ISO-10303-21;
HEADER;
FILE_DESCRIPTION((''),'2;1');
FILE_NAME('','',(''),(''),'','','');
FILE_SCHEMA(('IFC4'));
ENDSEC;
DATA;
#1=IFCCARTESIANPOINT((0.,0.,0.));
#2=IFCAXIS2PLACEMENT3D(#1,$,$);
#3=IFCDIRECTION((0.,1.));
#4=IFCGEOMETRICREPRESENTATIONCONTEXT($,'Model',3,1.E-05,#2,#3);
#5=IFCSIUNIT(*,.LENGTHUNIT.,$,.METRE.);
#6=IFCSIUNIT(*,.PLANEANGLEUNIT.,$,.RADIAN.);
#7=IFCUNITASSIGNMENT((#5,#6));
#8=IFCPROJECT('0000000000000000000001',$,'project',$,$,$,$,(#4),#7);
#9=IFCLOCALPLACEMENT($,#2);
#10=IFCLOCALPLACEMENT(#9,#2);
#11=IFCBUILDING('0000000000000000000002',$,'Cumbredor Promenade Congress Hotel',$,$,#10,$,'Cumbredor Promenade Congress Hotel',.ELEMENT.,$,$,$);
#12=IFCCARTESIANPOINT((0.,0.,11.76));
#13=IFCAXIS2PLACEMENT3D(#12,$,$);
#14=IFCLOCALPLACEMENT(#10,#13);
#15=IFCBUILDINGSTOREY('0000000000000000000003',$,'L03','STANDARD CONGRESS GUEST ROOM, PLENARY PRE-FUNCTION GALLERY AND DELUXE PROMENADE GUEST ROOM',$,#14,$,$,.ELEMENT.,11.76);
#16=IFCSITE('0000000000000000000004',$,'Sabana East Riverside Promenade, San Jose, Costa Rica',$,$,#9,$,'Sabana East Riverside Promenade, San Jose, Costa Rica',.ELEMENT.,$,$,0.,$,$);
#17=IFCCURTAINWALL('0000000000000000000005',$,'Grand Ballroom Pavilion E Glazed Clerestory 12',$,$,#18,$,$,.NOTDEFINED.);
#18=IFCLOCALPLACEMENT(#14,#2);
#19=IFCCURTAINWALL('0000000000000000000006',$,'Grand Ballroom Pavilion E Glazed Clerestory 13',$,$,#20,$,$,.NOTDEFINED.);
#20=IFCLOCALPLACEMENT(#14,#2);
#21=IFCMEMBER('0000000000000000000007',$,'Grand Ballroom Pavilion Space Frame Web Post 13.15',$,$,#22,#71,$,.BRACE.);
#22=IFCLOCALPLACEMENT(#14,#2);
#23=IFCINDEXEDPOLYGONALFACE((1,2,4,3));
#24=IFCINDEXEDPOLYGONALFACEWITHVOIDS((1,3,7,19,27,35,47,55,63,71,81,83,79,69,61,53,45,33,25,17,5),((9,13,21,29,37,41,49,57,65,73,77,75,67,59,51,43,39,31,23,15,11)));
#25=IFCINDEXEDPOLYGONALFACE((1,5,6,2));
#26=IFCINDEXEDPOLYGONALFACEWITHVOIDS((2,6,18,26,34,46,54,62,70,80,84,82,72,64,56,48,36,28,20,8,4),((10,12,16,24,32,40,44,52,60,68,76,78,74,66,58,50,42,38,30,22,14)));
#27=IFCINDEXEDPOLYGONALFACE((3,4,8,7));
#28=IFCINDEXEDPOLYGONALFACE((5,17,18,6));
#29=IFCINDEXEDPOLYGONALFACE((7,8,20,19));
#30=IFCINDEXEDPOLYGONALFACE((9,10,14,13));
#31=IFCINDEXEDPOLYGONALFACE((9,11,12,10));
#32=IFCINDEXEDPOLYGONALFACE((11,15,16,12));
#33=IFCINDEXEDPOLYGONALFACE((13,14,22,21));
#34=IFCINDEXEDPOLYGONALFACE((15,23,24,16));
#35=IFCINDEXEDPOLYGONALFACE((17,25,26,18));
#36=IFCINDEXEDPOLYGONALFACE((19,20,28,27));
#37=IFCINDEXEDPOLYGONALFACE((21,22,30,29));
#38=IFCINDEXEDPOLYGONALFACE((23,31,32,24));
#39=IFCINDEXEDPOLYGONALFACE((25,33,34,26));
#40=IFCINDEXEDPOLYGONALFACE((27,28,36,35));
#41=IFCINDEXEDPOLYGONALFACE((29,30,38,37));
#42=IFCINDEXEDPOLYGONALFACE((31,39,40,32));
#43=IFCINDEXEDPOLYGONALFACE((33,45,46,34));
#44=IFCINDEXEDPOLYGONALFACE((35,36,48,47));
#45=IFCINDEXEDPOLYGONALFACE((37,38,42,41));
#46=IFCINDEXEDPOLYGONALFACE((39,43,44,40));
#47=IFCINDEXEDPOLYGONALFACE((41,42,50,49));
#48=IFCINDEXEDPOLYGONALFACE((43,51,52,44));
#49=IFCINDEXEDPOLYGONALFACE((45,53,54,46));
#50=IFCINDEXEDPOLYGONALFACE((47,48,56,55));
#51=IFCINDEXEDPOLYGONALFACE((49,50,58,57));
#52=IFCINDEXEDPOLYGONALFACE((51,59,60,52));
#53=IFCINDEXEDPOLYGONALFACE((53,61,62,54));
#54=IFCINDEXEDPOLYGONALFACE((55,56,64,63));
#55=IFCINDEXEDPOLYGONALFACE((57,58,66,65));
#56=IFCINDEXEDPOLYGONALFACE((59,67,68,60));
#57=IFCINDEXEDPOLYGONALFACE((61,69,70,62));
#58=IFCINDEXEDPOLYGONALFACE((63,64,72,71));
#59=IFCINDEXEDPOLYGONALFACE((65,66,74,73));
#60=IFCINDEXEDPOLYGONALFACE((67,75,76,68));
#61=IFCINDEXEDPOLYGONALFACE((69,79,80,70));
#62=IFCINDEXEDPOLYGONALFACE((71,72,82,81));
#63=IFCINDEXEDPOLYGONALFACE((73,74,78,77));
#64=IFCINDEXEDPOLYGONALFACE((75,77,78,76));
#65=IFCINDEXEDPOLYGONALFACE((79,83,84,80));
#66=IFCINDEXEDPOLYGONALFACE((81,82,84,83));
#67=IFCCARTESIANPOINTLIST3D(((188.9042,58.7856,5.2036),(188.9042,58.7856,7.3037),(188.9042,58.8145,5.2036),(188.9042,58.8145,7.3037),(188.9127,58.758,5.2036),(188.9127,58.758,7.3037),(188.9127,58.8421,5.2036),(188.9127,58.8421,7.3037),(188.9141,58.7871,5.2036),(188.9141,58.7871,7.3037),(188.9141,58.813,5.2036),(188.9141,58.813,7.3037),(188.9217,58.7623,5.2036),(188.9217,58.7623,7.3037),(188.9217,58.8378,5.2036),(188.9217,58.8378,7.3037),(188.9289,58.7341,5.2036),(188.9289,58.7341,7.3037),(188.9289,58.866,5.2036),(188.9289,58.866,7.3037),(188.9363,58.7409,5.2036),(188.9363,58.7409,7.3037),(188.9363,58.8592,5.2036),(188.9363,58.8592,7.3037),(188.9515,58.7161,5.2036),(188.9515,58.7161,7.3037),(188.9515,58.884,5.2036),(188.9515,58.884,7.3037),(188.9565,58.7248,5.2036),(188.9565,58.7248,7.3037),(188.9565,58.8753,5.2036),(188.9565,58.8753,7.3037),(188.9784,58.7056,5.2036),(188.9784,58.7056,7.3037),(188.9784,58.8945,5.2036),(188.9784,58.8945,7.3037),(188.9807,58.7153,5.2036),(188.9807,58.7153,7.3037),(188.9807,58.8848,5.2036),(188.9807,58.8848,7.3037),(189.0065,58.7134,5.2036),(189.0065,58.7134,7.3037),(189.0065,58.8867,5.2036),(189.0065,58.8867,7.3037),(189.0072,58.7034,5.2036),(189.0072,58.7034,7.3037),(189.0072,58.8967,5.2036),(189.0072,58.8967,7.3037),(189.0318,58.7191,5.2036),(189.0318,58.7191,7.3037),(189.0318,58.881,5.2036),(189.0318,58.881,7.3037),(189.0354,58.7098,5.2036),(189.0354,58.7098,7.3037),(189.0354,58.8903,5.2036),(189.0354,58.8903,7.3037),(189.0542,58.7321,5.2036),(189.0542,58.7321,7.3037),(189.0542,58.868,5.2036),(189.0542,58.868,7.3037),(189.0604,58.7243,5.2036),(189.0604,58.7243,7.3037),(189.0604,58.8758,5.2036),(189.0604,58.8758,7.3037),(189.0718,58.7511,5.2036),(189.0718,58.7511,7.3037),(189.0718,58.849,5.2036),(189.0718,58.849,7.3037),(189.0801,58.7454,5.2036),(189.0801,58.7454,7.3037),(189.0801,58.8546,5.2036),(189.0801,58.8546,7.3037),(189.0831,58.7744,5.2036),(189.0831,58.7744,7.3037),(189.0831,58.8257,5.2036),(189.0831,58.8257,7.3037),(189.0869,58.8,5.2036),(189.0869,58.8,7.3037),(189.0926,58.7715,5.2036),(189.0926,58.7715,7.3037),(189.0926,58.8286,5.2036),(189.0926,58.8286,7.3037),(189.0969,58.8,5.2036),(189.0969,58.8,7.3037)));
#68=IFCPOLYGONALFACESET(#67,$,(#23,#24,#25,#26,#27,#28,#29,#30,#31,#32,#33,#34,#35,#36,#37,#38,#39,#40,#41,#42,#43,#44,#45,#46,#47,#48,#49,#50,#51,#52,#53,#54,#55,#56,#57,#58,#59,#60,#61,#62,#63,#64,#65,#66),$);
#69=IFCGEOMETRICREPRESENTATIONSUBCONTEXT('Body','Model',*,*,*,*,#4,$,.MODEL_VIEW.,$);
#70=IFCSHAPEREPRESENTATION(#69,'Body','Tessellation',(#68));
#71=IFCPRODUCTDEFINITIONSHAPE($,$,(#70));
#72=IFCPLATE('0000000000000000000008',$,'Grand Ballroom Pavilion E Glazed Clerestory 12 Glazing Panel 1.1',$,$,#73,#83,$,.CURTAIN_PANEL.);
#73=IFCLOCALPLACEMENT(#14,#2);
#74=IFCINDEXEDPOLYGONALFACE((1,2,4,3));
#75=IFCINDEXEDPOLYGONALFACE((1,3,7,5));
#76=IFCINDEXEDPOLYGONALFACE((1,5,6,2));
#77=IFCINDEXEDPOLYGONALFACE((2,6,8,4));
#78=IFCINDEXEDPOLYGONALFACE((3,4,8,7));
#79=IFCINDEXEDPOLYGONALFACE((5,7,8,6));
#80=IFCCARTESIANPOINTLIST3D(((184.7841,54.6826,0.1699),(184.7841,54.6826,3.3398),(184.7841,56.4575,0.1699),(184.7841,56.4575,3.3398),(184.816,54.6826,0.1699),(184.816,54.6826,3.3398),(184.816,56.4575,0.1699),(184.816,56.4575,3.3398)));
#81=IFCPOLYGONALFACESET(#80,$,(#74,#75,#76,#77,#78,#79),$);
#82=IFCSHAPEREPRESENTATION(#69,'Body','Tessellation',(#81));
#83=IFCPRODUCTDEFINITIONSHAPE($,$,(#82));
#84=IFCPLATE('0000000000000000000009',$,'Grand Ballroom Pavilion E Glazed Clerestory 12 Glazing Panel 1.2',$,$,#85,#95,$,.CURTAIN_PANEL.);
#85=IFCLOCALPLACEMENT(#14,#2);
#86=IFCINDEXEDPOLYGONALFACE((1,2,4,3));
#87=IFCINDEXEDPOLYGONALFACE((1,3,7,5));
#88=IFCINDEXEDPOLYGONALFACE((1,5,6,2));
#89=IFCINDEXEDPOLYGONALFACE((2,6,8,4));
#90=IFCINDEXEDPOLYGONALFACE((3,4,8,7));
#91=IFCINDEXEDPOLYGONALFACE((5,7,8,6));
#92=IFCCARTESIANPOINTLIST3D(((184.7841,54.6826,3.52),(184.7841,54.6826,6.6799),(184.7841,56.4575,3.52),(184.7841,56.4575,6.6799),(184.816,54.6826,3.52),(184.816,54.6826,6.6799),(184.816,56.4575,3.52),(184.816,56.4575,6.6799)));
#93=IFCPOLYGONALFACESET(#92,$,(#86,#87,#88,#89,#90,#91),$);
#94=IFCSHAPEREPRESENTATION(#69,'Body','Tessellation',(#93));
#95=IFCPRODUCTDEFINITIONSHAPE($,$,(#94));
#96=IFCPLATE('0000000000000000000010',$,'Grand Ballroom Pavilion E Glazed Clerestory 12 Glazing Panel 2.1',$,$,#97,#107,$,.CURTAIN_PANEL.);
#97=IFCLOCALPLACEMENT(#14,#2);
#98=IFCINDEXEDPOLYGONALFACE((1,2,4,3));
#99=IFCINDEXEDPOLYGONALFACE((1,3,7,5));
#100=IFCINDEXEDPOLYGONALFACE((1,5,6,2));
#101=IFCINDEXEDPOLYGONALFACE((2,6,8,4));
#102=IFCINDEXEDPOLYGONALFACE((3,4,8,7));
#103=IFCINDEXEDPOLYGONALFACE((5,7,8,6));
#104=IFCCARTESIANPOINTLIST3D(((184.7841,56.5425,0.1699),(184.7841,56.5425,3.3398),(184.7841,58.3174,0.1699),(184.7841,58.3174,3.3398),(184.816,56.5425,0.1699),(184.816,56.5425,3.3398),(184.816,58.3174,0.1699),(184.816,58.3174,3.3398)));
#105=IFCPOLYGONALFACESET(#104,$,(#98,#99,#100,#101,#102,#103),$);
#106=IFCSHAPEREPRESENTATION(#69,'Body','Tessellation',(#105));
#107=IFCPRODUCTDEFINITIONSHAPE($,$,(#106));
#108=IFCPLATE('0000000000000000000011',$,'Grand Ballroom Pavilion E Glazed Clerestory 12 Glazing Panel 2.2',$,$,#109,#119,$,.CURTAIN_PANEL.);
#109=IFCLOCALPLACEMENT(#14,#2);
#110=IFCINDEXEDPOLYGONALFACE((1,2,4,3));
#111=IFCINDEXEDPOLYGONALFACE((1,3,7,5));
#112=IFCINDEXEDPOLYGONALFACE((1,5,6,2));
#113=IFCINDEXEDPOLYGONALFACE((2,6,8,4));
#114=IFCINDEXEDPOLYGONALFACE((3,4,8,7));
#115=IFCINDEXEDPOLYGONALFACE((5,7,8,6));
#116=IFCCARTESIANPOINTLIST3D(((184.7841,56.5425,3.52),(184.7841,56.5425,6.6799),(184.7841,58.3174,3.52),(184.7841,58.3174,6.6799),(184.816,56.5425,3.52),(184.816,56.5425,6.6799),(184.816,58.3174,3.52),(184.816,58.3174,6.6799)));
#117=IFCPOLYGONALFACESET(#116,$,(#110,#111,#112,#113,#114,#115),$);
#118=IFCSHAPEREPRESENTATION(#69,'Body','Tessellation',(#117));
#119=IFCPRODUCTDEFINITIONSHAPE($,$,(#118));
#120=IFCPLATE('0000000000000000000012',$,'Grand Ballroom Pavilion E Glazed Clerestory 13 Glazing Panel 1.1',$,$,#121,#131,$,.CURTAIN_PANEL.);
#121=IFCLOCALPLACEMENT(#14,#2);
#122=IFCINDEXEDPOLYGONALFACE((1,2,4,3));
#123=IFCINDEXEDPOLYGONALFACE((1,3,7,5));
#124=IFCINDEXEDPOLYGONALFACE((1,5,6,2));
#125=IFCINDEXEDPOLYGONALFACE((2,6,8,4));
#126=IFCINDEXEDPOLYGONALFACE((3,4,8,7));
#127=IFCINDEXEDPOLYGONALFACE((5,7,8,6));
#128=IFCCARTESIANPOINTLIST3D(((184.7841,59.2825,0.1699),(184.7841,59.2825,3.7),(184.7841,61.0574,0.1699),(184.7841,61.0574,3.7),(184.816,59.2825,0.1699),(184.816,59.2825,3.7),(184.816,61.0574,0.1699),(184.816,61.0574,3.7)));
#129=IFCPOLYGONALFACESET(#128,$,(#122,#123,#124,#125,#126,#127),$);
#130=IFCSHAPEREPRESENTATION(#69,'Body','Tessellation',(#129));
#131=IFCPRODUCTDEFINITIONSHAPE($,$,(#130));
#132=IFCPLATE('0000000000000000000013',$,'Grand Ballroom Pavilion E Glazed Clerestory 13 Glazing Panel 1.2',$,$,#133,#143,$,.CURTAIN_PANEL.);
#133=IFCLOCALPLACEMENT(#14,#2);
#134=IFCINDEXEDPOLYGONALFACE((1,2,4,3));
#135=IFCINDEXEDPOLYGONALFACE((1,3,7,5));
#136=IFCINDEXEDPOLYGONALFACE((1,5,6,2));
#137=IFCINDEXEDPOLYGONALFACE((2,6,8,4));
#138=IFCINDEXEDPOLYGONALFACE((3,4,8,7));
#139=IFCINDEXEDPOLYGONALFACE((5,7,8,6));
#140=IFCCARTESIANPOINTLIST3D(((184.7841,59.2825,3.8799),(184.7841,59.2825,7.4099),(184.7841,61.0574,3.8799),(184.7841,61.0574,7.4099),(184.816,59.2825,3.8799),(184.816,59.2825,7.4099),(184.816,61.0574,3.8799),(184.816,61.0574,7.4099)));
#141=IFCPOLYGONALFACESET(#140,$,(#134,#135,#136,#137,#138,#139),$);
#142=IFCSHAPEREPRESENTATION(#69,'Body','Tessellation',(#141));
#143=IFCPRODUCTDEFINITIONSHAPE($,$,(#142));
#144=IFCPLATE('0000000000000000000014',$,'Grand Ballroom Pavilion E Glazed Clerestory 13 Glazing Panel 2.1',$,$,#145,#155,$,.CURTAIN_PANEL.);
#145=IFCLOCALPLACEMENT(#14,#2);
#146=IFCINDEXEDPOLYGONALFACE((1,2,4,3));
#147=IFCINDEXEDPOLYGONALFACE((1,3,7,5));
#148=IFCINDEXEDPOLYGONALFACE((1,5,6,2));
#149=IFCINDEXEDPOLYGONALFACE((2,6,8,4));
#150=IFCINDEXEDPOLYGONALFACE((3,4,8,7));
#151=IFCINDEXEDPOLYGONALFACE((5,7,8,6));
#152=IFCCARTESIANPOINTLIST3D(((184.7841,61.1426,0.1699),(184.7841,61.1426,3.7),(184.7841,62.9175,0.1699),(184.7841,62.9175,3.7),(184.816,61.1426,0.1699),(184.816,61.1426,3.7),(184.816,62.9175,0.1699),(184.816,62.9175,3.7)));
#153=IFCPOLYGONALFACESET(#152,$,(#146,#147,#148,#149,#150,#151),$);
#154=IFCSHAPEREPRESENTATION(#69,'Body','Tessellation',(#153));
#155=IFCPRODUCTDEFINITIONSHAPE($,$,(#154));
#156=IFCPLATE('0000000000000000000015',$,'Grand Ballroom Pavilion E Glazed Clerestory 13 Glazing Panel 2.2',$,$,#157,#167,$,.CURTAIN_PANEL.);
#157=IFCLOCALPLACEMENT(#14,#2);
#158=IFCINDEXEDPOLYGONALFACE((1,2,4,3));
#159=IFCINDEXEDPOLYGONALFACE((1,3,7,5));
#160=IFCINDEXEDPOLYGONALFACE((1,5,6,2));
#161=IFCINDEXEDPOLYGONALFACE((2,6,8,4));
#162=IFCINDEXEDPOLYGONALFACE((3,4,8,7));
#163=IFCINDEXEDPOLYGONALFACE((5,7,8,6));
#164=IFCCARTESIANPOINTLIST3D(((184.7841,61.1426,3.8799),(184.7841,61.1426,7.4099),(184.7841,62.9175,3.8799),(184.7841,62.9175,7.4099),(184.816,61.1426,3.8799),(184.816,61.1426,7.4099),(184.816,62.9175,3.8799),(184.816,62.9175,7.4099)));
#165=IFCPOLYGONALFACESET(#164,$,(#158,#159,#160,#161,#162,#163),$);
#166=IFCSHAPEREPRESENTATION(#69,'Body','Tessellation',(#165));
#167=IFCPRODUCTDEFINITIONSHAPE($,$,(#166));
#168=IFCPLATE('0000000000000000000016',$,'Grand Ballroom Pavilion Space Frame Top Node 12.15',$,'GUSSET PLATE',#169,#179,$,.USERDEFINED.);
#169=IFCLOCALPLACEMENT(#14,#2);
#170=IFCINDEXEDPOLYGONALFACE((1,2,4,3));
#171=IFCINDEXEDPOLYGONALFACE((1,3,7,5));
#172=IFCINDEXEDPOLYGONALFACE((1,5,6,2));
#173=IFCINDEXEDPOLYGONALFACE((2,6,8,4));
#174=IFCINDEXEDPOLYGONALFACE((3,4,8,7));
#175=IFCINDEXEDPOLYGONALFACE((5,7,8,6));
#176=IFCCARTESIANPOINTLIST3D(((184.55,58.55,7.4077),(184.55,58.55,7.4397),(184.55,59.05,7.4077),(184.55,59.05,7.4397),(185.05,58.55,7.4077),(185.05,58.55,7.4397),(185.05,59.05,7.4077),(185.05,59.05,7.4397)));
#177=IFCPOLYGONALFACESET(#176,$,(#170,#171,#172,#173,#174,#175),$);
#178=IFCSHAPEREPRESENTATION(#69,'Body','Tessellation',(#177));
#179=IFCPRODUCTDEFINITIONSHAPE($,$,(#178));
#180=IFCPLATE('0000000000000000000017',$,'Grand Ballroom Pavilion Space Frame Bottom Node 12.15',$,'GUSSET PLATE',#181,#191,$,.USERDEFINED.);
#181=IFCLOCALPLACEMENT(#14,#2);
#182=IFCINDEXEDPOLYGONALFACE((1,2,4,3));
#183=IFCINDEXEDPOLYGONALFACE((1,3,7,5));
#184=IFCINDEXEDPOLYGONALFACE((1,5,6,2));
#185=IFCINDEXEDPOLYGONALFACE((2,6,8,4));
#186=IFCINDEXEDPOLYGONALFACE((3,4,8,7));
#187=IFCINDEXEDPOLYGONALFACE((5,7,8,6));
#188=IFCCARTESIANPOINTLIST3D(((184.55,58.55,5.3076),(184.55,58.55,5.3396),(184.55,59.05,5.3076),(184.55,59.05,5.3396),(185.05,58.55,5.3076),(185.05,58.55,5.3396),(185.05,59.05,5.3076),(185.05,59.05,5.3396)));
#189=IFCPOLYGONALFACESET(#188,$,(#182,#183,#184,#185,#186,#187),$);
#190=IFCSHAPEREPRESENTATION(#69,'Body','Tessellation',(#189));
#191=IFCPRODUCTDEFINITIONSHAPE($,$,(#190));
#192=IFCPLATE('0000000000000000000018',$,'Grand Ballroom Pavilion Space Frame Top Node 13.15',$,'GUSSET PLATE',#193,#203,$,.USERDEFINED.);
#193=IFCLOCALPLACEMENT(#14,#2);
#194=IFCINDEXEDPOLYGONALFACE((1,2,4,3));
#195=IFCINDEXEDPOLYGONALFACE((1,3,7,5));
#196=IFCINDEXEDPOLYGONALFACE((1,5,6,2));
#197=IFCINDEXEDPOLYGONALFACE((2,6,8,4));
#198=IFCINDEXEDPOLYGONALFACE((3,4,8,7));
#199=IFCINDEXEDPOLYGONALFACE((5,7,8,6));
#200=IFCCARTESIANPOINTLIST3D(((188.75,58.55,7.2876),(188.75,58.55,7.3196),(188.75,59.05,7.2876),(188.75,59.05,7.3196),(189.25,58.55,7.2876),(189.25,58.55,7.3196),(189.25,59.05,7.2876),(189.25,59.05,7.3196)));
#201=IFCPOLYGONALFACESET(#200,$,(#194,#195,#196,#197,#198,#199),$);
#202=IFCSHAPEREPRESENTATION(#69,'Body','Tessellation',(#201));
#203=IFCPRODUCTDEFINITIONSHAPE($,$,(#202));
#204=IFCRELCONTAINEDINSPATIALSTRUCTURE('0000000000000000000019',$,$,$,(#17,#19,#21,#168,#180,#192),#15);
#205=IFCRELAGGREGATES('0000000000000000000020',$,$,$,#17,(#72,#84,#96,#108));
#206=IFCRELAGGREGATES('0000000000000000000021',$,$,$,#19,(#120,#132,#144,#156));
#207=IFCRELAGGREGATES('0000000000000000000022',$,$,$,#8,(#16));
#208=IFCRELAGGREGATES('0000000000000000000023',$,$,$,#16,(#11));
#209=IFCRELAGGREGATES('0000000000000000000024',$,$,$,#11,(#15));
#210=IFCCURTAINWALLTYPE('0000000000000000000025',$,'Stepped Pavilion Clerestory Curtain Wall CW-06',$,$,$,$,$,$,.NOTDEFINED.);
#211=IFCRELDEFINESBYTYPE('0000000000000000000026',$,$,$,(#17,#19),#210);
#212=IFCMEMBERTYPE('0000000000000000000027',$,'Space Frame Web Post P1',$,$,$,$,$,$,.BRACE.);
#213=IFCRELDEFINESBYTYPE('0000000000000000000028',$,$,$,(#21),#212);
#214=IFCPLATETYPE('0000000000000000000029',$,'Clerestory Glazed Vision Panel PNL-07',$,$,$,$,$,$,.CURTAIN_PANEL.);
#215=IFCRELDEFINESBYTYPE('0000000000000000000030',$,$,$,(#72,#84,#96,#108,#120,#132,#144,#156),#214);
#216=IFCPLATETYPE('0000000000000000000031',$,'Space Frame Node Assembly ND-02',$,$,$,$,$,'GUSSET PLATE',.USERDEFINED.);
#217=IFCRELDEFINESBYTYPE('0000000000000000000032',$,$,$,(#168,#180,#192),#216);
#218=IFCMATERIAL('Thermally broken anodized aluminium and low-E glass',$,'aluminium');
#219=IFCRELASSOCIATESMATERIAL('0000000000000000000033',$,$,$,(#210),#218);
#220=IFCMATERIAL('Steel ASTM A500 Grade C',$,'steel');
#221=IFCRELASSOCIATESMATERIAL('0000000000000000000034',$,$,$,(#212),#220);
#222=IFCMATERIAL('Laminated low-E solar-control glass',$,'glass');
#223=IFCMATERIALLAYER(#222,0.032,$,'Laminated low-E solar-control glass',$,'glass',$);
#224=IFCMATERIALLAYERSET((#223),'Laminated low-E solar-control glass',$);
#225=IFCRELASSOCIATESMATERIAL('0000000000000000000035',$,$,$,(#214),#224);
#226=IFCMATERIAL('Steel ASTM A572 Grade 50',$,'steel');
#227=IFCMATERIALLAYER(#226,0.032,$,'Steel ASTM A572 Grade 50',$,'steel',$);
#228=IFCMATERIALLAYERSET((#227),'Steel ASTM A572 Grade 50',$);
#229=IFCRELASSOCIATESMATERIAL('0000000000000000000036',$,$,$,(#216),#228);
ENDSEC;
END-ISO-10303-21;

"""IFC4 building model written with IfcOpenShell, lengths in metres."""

from ifc_helpers import new_model, si_unit, direction, frame, origin, origin_2d, place, context, subcontext, project, spatial, rectangle, hollow_circle, extrude, material, layer, layer_set, material_profile, profile_set, type_object, element, aggregate, save


model = new_model("IFC4")

# Units and contexts
model_context = context("Model", 3, precision=1e-05, world=origin(), true_north=direction((0.0, 1.0)))
body_context = subcontext(model_context, "Body", "Model", "MODEL_VIEW")
ifc_project = project(units=[si_unit("LENGTHUNIT", "METRE"), si_unit("PLANEANGLEUNIT", "RADIAN")], contexts=[model_context])

# Site, building, storey
site_placement = place(None, origin())
site = spatial("IfcSite", under=ifc_project, at=site_placement, Name="Sabana East Riverside Promenade, San Jose, Costa Rica", LongName="Sabana East Riverside Promenade, San Jose, Costa Rica", CompositionType="ELEMENT", RefElevation=0.0)
building_placement = place(site_placement, origin())
building = spatial("IfcBuilding", under=site, at=building_placement, Name="Cumbredor Promenade Congress Hotel", LongName="Cumbredor Promenade Congress Hotel", CompositionType="ELEMENT")
storey_placement = place(building_placement, frame((0.0, 0.0, 11.76)))
storey = spatial("IfcBuildingStorey", under=building, at=storey_placement, Name="L03", Description="STANDARD CONGRESS GUEST ROOM, PLENARY PRE-FUNCTION GALLERY AND DELUXE PROMENADE GUEST ROOM", CompositionType="ELEMENT", Elevation=11.76)

# Shared definitions
ifc_material_1 = material(Name="Steel ASTM A500 Grade C", Category="steel")

# Curtain walls
ifc_material_2 = material(Name="Thermally broken anodized aluminium and low-E glass", Category="aluminium")
curtain_wall_type = type_object("IfcCurtainWallType", Name="Stepped Pavilion Clerestory Curtain Wall CW-06", PredefinedType="NOTDEFINED", material=ifc_material_2)
curtain_wall_1_placement = place(storey_placement, origin())
curtain_wall_1 = element("IfcCurtainWall", 1, at=curtain_wall_1_placement, inside=storey, type_object=curtain_wall_type, Name="Grand Ballroom Pavilion E Glazed Clerestory 12", PredefinedType="NOTDEFINED")
curtain_wall_2_placement = place(storey_placement, origin())
curtain_wall_2 = element("IfcCurtainWall", 2, at=curtain_wall_2_placement, inside=storey, type_object=curtain_wall_type, Name="Grand Ballroom Pavilion E Glazed Clerestory 13", PredefinedType="NOTDEFINED")

# Member
ifc_material_profile_1 = material_profile(ifc_material_1, hollow_circle(Radius=0.0969, WallThickness=0.01, at=origin_2d()), Name="CHS 193.7x10")
ifc_profile_set_1 = profile_set([ifc_material_profile_1], Name="Steel ASTM A500 Grade C")
member_type_1 = type_object("IfcMemberType", Name="Space Frame Web Post P1", PredefinedType="BRACE", material=ifc_profile_set_1)
for number, where, z_axis, x_axis, name in (
    (3, (189.0, 58.8, 5.2036), (0.0, 0.0, 1.0), (1.0, 0.0, 0.0), "Grand Ballroom Pavilion Space Frame Web Post 13.15"),
):
    element("IfcMember", number, at=place(storey_placement, frame(where, z_axis=z_axis, x_axis=x_axis)), inside=storey, type_object=member_type_1, Name=name, PredefinedType="BRACE", context=body_context, shape_type="SweptSolid", body=[
        extrude(hollow_circle(Radius=0.0969, WallThickness=0.01, at=origin_2d()), origin(), (0.0, 0.0, 1.0), 2.1001),
    ])

# Plates
ifc_material_3 = material(Name="Laminated low-E solar-control glass", Category="glass")
ifc_layer_1 = layer(ifc_material_3, 0.032, Name="Laminated low-E solar-control glass", Category="glass")
ifc_layer_set_1 = layer_set([ifc_layer_1], Name="Laminated low-E solar-control glass")
plate_type_1 = type_object("IfcPlateType", Name="Clerestory Glazed Vision Panel PNL-07", PredefinedType="CURTAIN_PANEL", material=ifc_layer_set_1)
plate_1_placement = place(storey_placement, frame((184.8, 55.5701, 0.1699), z_axis=(0.0, 0.0, 1.0), x_axis=(0.0, 1.0, 0.0)))
plate_1 = element("IfcPlate", 4, at=plate_1_placement, type_object=plate_type_1, Name="Grand Ballroom Pavilion E Glazed Clerestory 12 Glazing Panel 1.1", PredefinedType="CURTAIN_PANEL", context=body_context, shape_type="SweptSolid", body=[
    extrude(rectangle(XDim=1.7749, YDim=0.032, at=origin_2d()), origin(), (0.0, 0.0, 1.0), 3.1699),
])
plate_2_placement = place(storey_placement, frame((184.8, 55.5701, 3.52), z_axis=(0.0, 0.0, 1.0), x_axis=(0.0, 1.0, 0.0)))
plate_2 = element("IfcPlate", 5, at=plate_2_placement, type_object=plate_type_1, Name="Grand Ballroom Pavilion E Glazed Clerestory 12 Glazing Panel 1.2", PredefinedType="CURTAIN_PANEL", context=body_context, shape_type="SweptSolid", body=[
    extrude(rectangle(XDim=1.7749, YDim=0.032, at=origin_2d()), origin(), (0.0, 0.0, 1.0), 3.1599),
])
plate_3_placement = place(storey_placement, frame((184.8, 57.4299, 0.1699), z_axis=(0.0, 0.0, 1.0), x_axis=(0.0, 1.0, 0.0)))
plate_3 = element("IfcPlate", 6, at=plate_3_placement, type_object=plate_type_1, Name="Grand Ballroom Pavilion E Glazed Clerestory 12 Glazing Panel 2.1", PredefinedType="CURTAIN_PANEL", context=body_context, shape_type="SweptSolid", body=[
    extrude(rectangle(XDim=1.7749, YDim=0.032, at=origin_2d()), origin(), (0.0, 0.0, 1.0), 3.1699),
])
plate_4_placement = place(storey_placement, frame((184.8, 57.4299, 3.52), z_axis=(0.0, 0.0, 1.0), x_axis=(0.0, 1.0, 0.0)))
plate_4 = element("IfcPlate", 7, at=plate_4_placement, type_object=plate_type_1, Name="Grand Ballroom Pavilion E Glazed Clerestory 12 Glazing Panel 2.2", PredefinedType="CURTAIN_PANEL", context=body_context, shape_type="SweptSolid", body=[
    extrude(rectangle(XDim=1.7749, YDim=0.032, at=origin_2d()), origin(), (0.0, 0.0, 1.0), 3.1599),
])
aggregate(curtain_wall_1, [plate_1, plate_2, plate_3, plate_4])
plate_5_placement = place(storey_placement, frame((184.8, 60.1699, 0.1699), z_axis=(0.0, 0.0, 1.0), x_axis=(0.0, 1.0, 0.0)))
plate_5 = element("IfcPlate", 8, at=plate_5_placement, type_object=plate_type_1, Name="Grand Ballroom Pavilion E Glazed Clerestory 13 Glazing Panel 1.1", PredefinedType="CURTAIN_PANEL", context=body_context, shape_type="SweptSolid", body=[
    extrude(rectangle(XDim=1.7749, YDim=0.032, at=origin_2d()), origin(), (0.0, 0.0, 1.0), 3.53),
])
plate_6_placement = place(storey_placement, frame((184.8, 60.1699, 3.8799), z_axis=(0.0, 0.0, 1.0), x_axis=(0.0, 1.0, 0.0)))
plate_6 = element("IfcPlate", 9, at=plate_6_placement, type_object=plate_type_1, Name="Grand Ballroom Pavilion E Glazed Clerestory 13 Glazing Panel 1.2", PredefinedType="CURTAIN_PANEL", context=body_context, shape_type="SweptSolid", body=[
    extrude(rectangle(XDim=1.7749, YDim=0.032, at=origin_2d()), origin(), (0.0, 0.0, 1.0), 3.53),
])
plate_7_placement = place(storey_placement, frame((184.8, 62.03, 0.1699), z_axis=(0.0, 0.0, 1.0), x_axis=(0.0, 1.0, 0.0)))
plate_7 = element("IfcPlate", 10, at=plate_7_placement, type_object=plate_type_1, Name="Grand Ballroom Pavilion E Glazed Clerestory 13 Glazing Panel 2.1", PredefinedType="CURTAIN_PANEL", context=body_context, shape_type="SweptSolid", body=[
    extrude(rectangle(XDim=1.7749, YDim=0.032, at=origin_2d()), origin(), (0.0, 0.0, 1.0), 3.53),
])
plate_8_placement = place(storey_placement, frame((184.8, 62.03, 3.8799), z_axis=(0.0, 0.0, 1.0), x_axis=(0.0, 1.0, 0.0)))
plate_8 = element("IfcPlate", 11, at=plate_8_placement, type_object=plate_type_1, Name="Grand Ballroom Pavilion E Glazed Clerestory 13 Glazing Panel 2.2", PredefinedType="CURTAIN_PANEL", context=body_context, shape_type="SweptSolid", body=[
    extrude(rectangle(XDim=1.7749, YDim=0.032, at=origin_2d()), origin(), (0.0, 0.0, 1.0), 3.53),
])
aggregate(curtain_wall_2, [plate_5, plate_6, plate_7, plate_8])

# Plates
ifc_material_4 = material(Name="Steel ASTM A572 Grade 50", Category="steel")
ifc_layer_2 = layer(ifc_material_4, 0.032, Name="Steel ASTM A572 Grade 50", Category="steel")
ifc_layer_set_2 = layer_set([ifc_layer_2], Name="Steel ASTM A572 Grade 50")
plate_type_2 = type_object("IfcPlateType", Name="Space Frame Node Assembly ND-02", ElementType="GUSSET PLATE", PredefinedType="USERDEFINED", material=ifc_layer_set_2)
for number, where, z_axis, x_axis, name in (
    (12, (184.8, 58.8, 7.4077), (0.0, 0.0, 1.0), (1.0, 0.0, 0.0), "Grand Ballroom Pavilion Space Frame Top Node 12.15"),
    (13, (184.8, 58.8, 5.3076), (0.0, 0.0, 1.0), (1.0, 0.0, 0.0), "Grand Ballroom Pavilion Space Frame Bottom Node 12.15"),
    (14, (189.0, 58.8, 7.2876), (0.0, 0.0, 1.0), (1.0, 0.0, 0.0), "Grand Ballroom Pavilion Space Frame Top Node 13.15"),
):
    element("IfcPlate", number, at=place(storey_placement, frame(where, z_axis=z_axis, x_axis=x_axis)), inside=storey, type_object=plate_type_2, Name=name, ObjectType="GUSSET PLATE", PredefinedType="USERDEFINED", context=body_context, shape_type="SweptSolid", body=[
        extrude(rectangle(XDim=0.5, YDim=0.5, at=origin_2d()), origin(), (0.0, 0.0, 1.0), 0.032),
    ])

save(model, "model.ifc")
